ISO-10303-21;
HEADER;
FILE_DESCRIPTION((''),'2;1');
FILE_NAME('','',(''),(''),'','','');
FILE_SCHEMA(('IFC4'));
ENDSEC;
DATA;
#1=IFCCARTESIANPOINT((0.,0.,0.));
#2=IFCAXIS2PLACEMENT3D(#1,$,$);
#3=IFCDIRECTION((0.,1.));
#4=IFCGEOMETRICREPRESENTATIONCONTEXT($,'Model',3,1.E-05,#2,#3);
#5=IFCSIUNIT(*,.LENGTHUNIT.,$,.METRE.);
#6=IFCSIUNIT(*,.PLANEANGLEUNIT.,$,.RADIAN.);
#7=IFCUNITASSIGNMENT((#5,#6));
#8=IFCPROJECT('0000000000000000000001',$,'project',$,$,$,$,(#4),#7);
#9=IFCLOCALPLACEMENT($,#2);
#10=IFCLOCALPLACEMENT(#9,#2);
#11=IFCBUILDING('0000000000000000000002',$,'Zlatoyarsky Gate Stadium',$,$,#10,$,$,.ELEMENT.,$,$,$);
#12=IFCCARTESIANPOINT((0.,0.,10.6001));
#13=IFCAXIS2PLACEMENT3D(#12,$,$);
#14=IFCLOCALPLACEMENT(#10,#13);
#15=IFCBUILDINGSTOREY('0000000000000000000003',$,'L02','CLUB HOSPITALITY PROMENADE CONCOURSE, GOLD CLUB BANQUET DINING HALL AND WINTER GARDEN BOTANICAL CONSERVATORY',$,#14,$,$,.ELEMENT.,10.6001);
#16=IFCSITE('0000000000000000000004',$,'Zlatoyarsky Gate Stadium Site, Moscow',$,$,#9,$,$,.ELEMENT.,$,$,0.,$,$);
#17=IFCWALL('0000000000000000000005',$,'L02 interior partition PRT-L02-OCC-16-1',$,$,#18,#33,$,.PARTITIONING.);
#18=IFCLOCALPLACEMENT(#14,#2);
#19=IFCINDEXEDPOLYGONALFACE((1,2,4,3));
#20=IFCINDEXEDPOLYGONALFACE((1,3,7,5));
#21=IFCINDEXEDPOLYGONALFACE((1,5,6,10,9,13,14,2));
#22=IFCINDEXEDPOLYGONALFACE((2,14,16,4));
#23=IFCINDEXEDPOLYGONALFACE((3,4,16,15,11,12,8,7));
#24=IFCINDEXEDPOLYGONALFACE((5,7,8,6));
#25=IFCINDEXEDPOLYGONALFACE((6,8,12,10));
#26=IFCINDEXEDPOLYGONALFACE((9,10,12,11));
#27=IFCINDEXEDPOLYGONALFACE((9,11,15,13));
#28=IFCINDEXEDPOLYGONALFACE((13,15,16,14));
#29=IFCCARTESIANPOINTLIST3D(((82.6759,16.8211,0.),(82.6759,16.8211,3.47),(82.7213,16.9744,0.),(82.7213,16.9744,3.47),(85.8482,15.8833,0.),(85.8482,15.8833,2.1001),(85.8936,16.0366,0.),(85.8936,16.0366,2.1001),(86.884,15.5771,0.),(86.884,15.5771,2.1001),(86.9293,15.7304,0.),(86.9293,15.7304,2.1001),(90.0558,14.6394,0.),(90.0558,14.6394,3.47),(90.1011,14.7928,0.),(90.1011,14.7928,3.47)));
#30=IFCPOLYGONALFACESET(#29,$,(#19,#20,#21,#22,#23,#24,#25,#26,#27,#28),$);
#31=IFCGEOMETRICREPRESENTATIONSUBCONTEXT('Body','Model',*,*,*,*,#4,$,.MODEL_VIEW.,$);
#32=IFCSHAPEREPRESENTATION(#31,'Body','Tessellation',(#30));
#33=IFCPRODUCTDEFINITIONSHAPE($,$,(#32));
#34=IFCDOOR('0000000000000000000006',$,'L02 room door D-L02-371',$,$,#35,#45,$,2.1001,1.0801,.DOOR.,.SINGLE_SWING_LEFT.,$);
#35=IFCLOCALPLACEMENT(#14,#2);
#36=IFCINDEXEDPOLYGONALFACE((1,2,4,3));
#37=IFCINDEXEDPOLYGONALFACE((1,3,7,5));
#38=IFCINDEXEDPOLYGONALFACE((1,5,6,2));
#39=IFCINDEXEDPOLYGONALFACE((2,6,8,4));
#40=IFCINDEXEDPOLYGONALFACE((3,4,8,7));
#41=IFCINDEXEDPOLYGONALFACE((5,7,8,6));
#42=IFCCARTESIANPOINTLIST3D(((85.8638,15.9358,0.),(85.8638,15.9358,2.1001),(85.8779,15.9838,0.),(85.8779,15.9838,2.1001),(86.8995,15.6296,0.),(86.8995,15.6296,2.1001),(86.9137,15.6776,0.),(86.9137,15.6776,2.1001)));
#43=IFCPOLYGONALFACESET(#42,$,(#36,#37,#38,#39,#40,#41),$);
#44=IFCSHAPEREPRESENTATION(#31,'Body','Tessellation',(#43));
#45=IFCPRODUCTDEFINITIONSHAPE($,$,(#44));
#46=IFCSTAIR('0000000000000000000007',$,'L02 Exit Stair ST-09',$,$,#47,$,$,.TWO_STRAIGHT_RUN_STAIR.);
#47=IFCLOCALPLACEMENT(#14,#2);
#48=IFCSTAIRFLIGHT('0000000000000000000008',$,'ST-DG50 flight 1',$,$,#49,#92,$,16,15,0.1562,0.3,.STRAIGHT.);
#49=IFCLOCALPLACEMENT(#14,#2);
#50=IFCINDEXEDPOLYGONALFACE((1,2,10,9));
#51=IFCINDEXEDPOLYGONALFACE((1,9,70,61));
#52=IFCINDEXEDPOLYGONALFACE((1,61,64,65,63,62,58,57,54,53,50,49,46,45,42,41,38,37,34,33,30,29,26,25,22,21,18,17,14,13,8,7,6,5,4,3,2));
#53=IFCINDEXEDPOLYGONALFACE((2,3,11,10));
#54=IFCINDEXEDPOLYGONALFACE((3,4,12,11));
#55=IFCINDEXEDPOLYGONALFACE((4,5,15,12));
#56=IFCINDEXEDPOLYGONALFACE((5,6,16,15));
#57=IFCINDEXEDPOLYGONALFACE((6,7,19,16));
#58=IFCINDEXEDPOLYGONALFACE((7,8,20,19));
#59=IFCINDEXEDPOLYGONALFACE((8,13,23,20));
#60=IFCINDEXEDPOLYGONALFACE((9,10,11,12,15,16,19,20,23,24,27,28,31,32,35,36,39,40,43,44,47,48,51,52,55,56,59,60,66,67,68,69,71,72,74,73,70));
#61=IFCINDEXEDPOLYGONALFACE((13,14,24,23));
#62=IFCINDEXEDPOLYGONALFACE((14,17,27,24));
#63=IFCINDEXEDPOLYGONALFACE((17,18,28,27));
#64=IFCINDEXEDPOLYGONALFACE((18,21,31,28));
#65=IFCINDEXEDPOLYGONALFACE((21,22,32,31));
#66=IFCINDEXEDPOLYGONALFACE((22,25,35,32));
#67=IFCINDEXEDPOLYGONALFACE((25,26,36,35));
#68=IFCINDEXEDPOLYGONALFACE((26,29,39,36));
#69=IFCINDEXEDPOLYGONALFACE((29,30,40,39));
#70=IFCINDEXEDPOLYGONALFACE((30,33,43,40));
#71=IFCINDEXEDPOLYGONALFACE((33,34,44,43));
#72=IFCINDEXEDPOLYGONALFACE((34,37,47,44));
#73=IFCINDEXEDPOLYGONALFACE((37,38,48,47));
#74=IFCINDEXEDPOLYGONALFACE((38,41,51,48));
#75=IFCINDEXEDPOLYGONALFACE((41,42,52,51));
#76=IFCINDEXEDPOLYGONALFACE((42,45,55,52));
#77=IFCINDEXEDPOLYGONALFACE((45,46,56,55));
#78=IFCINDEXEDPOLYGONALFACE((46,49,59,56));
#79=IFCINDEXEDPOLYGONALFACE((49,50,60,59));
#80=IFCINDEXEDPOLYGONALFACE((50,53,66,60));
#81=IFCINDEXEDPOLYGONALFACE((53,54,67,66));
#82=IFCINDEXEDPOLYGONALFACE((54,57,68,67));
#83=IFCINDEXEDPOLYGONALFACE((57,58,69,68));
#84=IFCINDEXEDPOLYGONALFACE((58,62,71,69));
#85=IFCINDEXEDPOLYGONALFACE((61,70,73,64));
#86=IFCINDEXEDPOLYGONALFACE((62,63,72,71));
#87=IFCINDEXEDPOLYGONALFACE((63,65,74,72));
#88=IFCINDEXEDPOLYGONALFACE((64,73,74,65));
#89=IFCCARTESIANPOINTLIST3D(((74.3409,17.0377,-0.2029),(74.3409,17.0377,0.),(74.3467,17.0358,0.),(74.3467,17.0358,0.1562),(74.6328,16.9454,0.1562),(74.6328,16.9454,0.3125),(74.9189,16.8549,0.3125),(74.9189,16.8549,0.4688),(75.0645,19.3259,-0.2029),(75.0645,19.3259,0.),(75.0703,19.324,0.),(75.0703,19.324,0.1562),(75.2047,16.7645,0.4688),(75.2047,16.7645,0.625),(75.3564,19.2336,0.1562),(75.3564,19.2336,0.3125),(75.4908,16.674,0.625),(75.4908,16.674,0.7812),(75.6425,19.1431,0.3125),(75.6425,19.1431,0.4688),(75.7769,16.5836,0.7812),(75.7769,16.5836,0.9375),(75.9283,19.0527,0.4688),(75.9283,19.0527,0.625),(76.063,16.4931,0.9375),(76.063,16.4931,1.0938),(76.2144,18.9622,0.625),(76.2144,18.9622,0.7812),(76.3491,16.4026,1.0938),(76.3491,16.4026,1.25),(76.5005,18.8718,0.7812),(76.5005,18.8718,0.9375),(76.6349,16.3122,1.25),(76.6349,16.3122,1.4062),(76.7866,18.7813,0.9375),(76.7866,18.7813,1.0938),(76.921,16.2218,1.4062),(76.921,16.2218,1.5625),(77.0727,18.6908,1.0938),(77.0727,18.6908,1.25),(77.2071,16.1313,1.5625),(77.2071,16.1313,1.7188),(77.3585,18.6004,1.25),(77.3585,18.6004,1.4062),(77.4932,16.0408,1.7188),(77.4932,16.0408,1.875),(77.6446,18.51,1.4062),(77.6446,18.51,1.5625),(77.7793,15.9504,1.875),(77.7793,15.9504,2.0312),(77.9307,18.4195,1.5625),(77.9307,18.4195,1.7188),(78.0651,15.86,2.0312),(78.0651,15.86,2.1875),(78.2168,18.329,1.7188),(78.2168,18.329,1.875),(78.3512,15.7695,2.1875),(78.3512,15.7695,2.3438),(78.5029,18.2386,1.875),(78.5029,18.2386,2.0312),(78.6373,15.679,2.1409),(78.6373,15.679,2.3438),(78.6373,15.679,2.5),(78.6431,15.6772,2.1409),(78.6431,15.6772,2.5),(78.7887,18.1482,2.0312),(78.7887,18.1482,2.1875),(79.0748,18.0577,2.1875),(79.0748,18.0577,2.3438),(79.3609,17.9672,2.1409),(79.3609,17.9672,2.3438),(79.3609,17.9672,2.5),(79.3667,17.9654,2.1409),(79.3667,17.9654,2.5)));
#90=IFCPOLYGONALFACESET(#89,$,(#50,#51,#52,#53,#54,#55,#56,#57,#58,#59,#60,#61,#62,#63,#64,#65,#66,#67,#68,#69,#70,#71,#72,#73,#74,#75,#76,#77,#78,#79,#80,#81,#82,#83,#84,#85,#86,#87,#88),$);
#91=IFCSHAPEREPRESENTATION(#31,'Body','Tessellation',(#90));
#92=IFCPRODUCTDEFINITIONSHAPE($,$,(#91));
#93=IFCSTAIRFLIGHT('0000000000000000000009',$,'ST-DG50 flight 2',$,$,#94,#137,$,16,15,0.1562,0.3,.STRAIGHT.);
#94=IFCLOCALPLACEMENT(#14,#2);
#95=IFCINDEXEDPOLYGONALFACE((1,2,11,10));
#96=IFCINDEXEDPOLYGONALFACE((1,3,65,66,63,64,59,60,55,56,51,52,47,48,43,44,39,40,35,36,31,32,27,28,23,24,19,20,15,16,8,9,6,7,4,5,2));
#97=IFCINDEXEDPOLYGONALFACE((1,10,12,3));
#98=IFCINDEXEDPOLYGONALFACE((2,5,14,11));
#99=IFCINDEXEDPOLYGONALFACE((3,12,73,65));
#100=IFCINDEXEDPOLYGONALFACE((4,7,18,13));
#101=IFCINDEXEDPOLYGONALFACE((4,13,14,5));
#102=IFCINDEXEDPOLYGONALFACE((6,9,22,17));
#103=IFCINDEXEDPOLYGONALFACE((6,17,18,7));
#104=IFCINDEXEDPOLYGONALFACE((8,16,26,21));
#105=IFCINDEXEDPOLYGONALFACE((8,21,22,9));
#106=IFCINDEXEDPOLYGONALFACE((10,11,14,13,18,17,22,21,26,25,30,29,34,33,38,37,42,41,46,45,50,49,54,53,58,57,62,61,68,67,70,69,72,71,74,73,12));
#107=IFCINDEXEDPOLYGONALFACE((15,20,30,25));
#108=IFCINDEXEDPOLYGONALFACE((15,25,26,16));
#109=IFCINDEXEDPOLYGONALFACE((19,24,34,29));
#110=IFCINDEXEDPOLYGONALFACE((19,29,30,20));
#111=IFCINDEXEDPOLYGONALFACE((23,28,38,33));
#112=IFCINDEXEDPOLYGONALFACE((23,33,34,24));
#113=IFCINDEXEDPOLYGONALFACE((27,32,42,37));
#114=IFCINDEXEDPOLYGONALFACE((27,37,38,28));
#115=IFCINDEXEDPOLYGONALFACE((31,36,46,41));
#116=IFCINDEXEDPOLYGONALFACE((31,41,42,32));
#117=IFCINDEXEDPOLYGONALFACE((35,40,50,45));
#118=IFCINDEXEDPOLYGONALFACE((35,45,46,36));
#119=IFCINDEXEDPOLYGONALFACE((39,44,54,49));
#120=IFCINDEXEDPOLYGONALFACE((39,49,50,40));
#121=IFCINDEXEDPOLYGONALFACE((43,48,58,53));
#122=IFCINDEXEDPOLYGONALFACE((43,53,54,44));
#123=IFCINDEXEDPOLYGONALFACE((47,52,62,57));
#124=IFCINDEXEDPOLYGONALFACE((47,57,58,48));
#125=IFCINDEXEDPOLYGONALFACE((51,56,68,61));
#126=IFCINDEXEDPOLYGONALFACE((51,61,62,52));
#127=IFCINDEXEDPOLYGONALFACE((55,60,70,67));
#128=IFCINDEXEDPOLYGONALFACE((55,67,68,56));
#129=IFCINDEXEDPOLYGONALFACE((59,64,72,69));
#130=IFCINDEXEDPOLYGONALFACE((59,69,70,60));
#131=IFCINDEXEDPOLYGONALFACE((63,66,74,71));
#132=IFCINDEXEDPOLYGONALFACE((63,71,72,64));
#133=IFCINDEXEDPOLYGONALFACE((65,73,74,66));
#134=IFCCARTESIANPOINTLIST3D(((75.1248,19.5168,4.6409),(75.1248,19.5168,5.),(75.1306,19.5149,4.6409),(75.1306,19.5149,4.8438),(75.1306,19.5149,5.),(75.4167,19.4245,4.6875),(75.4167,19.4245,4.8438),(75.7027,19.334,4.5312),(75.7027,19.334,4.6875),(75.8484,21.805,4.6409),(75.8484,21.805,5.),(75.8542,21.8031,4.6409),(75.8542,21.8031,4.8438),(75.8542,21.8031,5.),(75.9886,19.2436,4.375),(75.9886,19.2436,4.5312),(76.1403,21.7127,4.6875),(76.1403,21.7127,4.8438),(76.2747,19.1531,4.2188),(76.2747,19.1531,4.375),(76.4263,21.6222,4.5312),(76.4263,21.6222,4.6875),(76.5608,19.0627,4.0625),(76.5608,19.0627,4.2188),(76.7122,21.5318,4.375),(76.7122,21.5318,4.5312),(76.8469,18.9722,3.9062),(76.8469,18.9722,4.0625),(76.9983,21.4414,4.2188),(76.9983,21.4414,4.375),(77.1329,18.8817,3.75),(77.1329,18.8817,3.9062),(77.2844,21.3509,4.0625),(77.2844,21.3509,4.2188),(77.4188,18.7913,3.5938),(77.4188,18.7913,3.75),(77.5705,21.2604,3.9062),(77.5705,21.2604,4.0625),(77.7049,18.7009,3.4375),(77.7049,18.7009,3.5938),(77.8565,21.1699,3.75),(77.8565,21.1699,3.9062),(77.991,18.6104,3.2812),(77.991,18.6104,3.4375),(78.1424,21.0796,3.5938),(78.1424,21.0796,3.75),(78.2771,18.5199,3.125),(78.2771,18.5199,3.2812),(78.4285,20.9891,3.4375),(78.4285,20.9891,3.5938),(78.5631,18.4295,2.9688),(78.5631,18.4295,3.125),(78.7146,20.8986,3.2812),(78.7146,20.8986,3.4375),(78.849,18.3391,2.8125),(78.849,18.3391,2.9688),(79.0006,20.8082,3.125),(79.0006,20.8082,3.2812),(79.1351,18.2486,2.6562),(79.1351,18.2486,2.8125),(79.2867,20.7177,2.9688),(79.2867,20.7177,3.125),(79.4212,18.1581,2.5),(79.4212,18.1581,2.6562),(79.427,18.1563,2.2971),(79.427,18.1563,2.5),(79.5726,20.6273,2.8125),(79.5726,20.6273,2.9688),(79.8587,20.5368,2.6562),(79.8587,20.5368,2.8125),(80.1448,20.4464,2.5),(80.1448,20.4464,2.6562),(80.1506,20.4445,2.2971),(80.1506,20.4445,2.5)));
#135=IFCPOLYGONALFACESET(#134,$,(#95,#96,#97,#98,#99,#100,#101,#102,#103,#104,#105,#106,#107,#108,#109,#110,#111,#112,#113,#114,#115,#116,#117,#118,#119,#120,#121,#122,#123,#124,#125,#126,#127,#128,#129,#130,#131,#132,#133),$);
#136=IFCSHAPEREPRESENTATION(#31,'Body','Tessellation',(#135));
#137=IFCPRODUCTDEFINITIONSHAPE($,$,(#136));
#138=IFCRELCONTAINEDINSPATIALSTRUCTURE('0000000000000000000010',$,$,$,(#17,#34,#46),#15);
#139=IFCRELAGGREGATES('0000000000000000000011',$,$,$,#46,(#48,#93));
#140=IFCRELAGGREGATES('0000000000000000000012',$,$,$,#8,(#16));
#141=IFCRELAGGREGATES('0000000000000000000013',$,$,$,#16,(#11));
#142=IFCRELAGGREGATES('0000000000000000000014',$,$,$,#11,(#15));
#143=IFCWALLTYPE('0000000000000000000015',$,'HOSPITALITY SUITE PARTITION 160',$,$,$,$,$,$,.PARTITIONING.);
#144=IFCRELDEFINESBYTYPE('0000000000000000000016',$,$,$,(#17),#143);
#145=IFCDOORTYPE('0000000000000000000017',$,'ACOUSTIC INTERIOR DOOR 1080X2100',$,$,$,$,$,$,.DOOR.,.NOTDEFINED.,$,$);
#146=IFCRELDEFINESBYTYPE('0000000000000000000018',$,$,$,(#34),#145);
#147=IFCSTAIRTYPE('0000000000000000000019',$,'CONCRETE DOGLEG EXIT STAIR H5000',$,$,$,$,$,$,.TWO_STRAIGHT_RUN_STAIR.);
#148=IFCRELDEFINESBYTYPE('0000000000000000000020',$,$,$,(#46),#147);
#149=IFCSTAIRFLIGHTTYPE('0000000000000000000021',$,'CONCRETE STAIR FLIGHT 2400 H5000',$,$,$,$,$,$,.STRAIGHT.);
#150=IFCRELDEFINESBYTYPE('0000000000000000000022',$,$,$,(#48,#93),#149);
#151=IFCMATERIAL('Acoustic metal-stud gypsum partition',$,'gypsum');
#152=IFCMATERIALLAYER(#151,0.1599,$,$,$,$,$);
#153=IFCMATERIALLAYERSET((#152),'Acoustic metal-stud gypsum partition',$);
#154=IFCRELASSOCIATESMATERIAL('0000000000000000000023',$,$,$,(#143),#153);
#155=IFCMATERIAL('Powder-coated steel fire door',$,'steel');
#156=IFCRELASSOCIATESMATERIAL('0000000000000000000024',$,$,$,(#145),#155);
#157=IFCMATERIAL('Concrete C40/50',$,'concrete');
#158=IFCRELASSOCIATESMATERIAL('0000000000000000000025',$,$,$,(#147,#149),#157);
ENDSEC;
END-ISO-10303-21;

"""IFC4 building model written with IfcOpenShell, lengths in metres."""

from ifc_helpers import new_model, si_unit, direction, frame, frame_2d, origin, place, context, subcontext, project, spatial, polyline, rectangle, outline, extrude, material, layer, layer_set, type_object, element, fill, aggregate, save


model = new_model("IFC4")

# Units and contexts
model_context = context("Model", 3, precision=1e-05, world=origin(), true_north=direction((0.0, 1.0)))
body_context = subcontext(model_context, "Body", "Model", "MODEL_VIEW")
ifc_project = project(units=[si_unit("LENGTHUNIT", "METRE"), si_unit("PLANEANGLEUNIT", "RADIAN")], contexts=[model_context])

# Site, building, storey
site_placement = place(None, origin())
site = spatial("IfcSite", under=ifc_project, at=site_placement, Name="Zlatoyarsky Gate Stadium Site, Moscow", CompositionType="ELEMENT", RefElevation=0.0)
building_placement = place(site_placement, origin())
building = spatial("IfcBuilding", under=site, at=building_placement, Name="Zlatoyarsky Gate Stadium", CompositionType="ELEMENT")
storey_placement = place(building_placement, frame((0.0, 0.0, 10.6001)))
storey = spatial("IfcBuildingStorey", under=building, at=storey_placement, Name="L02", Description="CLUB HOSPITALITY PROMENADE CONCOURSE, GOLD CLUB BANQUET DINING HALL AND WINTER GARDEN BOTANICAL CONSERVATORY", CompositionType="ELEMENT", Elevation=10.6001)

# Shared definitions
ifc_material_1 = material(Name="Concrete C40/50", Category="concrete")
ifc_material_2 = material(Name="Powder-coated steel fire door", Category="steel")

# Shared definitions
ifc_material_3 = material(Name="Acoustic metal-stud gypsum partition", Category="gypsum")
ifc_layer_1 = layer(ifc_material_3, 0.1599)
ifc_layer_set_1 = layer_set([ifc_layer_1], Name="Acoustic metal-stud gypsum partition")
wall_type_1 = type_object("IfcWallType", Name="HOSPITALITY SUITE PARTITION 160", PredefinedType="PARTITIONING", material=ifc_layer_set_1)

# Wall, opening, door
wall_1_placement = place(storey_placement, frame((82.6987, 16.8977, 0.0), z_axis=(0.0, 0.0, 1.0), x_axis=(0.958975, -0.283492, 0.0)))
wall_1 = element("IfcWall", 1, at=wall_1_placement, inside=storey, type_object=wall_type_1, Name="L02 interior partition PRT-L02-OCC-16-1", PredefinedType="PARTITIONING", context=body_context, shape_type="SweptSolid", body=[
    extrude(rectangle(XDim=7.6956, YDim=0.1599, at=frame_2d((3.8477, 0.0))), origin(), (0.0, 0.0, 1.0), 3.47),
])
opening_1_placement = place(wall_1_placement, frame((3.3079, 0.0, 0.0)))
opening_1 = element("IfcOpeningElement", 2, at=opening_1_placement, cuts=wall_1, PredefinedType="OPENING", context=body_context, shape_type="SweptSolid", body=[
    extrude(rectangle(XDim=1.0801, YDim=2.1001, at=frame_2d((0.54, 1.05))), frame((0.0, 0.0898, 0.0), z_axis=(0.0, -1.0, 0.0), x_axis=(1.0, 0.0, 0.0)), (0.0, 0.0, 1.0), 0.1799),
])
door_type_1 = type_object("IfcDoorType", Name="ACOUSTIC INTERIOR DOOR 1080X2100", OperationType="NOTDEFINED", PredefinedType="DOOR", material=ifc_material_2)
door_1_placement = place(opening_1_placement, origin())
door_1 = element("IfcDoor", 3, at=door_1_placement, inside=storey, type_object=door_type_1, Name="L02 room door D-L02-371", OperationType="SINGLE_SWING_LEFT", OverallHeight=2.1001, OverallWidth=1.0801, PredefinedType="DOOR", context=body_context, shape_type="SweptSolid", body=[
    extrude(rectangle(XDim=1.0801, YDim=2.1001, at=frame_2d((0.54, 1.05))), frame((0.0, 0.0249, 0.0), z_axis=(0.0, -1.0, 0.0), x_axis=(1.0, 0.0, 0.0)), (0.0, 0.0, 1.0), 0.05),
])
fill(opening_1, door_1)

# Stair, stair flights
stair_type = type_object("IfcStairType", Name="CONCRETE DOGLEG EXIT STAIR H5000", PredefinedType="TWO_STRAIGHT_RUN_STAIR", material=ifc_material_1)
stair_placement = place(storey_placement, origin())
stair = element("IfcStair", 4, at=stair_placement, inside=storey, type_object=stair_type, Name="L02 Exit Stair ST-09", PredefinedType="TWO_STRAIGHT_RUN_STAIR")
stair_flight_type = type_object("IfcStairFlightType", Name="CONCRETE STAIR FLIGHT 2400 H5000", PredefinedType="STRAIGHT", material=ifc_material_1)
stair_flight_1_placement = place(storey_placement, frame((74.7085, 18.1799, 0.0), z_axis=(0.0, 0.0, 1.0), x_axis=(0.953463, -0.30151, 0.0)))
stair_flight_1 = element("IfcStairFlight", 5, at=stair_flight_1_placement, type_object=stair_flight_type, Name="ST-DG50 flight 1", NumberOfRisers=16, NumberOfTreads=15, PredefinedType="STRAIGHT", RiserHeight=0.1562, TreadLength=0.3, context=body_context, shape_type="SweptSolid", body=[
    extrude(outline(polyline([(-0.0061, -0.2029), (-0.0061, 0.0), (0.0, 0.0), (0.0, 0.1562), (0.3, 0.1562), (0.3, 0.3125), (0.6001, 0.3125), (0.6001, 0.4688), (0.8999, 0.4688), (0.8999, 0.625), (1.2, 0.625), (1.2, 0.7812), (1.5, 0.7812), (1.5, 0.9375), (1.8, 0.9375), (1.8, 1.0938), (2.1001, 1.0938), (2.1001, 1.25), (2.3999, 1.25), (2.3999, 1.4062), (2.7, 1.4062), (2.7, 1.5625), (3.0, 1.5625), (3.0, 1.7188), (3.3, 1.7188), (3.3, 1.875), (3.6001, 1.875), (3.6001, 2.0312), (3.8999, 2.0312), (3.8999, 2.1875), (4.2, 2.1875), (4.2, 2.3438), (4.5, 2.3438), (4.5, 2.5), (4.5061, 2.5), (4.5061, 2.1409), (4.5, 2.1409), (-0.0061, -0.2029)])), frame((0.0, 1.2, 0.0), z_axis=(0.0, -1.0, 0.0), x_axis=(1.0, 0.0, 0.0)), (0.0, 0.0, 1.0), 2.3999),
])
stair_flight_2_placement = place(storey_placement, frame((79.783, 19.3022, 2.5), z_axis=(0.0, 0.0, 1.0), x_axis=(-0.953463, 0.30151, 0.0)))
stair_flight_2 = element("IfcStairFlight", 6, at=stair_flight_2_placement, type_object=stair_flight_type, Name="ST-DG50 flight 2", NumberOfRisers=16, NumberOfTreads=15, PredefinedType="STRAIGHT", RiserHeight=0.1562, TreadLength=0.3, context=body_context, shape_type="SweptSolid", body=[
    extrude(outline(polyline([(-0.0061, -0.2029), (-0.0061, 0.0), (0.0, 0.0), (0.0, 0.1562), (0.3, 0.1562), (0.3, 0.3125), (0.6001, 0.3125), (0.6001, 0.4688), (0.8999, 0.4688), (0.8999, 0.625), (1.2, 0.625), (1.2, 0.7812), (1.5, 0.7812), (1.5, 0.9375), (1.8, 0.9375), (1.8, 1.0938), (2.1001, 1.0938), (2.1001, 1.25), (2.3999, 1.25), (2.3999, 1.4062), (2.7, 1.4062), (2.7, 1.5625), (3.0, 1.5625), (3.0, 1.7188), (3.3, 1.7188), (3.3, 1.875), (3.6001, 1.875), (3.6001, 2.0312), (3.8999, 2.0312), (3.8999, 2.1875), (4.2, 2.1875), (4.2, 2.3438), (4.5, 2.3438), (4.5, 2.5), (4.5061, 2.5), (4.5061, 2.1409), (4.5, 2.1409), (-0.0061, -0.2029)])), frame((0.0, 1.2, 0.0), z_axis=(0.0, -1.0, 0.0), x_axis=(1.0, 0.0, 0.0)), (0.0, 0.0, 1.0), 2.3999),
])
aggregate(stair, [stair_flight_1, stair_flight_2])

save(model, "model.ifc")
